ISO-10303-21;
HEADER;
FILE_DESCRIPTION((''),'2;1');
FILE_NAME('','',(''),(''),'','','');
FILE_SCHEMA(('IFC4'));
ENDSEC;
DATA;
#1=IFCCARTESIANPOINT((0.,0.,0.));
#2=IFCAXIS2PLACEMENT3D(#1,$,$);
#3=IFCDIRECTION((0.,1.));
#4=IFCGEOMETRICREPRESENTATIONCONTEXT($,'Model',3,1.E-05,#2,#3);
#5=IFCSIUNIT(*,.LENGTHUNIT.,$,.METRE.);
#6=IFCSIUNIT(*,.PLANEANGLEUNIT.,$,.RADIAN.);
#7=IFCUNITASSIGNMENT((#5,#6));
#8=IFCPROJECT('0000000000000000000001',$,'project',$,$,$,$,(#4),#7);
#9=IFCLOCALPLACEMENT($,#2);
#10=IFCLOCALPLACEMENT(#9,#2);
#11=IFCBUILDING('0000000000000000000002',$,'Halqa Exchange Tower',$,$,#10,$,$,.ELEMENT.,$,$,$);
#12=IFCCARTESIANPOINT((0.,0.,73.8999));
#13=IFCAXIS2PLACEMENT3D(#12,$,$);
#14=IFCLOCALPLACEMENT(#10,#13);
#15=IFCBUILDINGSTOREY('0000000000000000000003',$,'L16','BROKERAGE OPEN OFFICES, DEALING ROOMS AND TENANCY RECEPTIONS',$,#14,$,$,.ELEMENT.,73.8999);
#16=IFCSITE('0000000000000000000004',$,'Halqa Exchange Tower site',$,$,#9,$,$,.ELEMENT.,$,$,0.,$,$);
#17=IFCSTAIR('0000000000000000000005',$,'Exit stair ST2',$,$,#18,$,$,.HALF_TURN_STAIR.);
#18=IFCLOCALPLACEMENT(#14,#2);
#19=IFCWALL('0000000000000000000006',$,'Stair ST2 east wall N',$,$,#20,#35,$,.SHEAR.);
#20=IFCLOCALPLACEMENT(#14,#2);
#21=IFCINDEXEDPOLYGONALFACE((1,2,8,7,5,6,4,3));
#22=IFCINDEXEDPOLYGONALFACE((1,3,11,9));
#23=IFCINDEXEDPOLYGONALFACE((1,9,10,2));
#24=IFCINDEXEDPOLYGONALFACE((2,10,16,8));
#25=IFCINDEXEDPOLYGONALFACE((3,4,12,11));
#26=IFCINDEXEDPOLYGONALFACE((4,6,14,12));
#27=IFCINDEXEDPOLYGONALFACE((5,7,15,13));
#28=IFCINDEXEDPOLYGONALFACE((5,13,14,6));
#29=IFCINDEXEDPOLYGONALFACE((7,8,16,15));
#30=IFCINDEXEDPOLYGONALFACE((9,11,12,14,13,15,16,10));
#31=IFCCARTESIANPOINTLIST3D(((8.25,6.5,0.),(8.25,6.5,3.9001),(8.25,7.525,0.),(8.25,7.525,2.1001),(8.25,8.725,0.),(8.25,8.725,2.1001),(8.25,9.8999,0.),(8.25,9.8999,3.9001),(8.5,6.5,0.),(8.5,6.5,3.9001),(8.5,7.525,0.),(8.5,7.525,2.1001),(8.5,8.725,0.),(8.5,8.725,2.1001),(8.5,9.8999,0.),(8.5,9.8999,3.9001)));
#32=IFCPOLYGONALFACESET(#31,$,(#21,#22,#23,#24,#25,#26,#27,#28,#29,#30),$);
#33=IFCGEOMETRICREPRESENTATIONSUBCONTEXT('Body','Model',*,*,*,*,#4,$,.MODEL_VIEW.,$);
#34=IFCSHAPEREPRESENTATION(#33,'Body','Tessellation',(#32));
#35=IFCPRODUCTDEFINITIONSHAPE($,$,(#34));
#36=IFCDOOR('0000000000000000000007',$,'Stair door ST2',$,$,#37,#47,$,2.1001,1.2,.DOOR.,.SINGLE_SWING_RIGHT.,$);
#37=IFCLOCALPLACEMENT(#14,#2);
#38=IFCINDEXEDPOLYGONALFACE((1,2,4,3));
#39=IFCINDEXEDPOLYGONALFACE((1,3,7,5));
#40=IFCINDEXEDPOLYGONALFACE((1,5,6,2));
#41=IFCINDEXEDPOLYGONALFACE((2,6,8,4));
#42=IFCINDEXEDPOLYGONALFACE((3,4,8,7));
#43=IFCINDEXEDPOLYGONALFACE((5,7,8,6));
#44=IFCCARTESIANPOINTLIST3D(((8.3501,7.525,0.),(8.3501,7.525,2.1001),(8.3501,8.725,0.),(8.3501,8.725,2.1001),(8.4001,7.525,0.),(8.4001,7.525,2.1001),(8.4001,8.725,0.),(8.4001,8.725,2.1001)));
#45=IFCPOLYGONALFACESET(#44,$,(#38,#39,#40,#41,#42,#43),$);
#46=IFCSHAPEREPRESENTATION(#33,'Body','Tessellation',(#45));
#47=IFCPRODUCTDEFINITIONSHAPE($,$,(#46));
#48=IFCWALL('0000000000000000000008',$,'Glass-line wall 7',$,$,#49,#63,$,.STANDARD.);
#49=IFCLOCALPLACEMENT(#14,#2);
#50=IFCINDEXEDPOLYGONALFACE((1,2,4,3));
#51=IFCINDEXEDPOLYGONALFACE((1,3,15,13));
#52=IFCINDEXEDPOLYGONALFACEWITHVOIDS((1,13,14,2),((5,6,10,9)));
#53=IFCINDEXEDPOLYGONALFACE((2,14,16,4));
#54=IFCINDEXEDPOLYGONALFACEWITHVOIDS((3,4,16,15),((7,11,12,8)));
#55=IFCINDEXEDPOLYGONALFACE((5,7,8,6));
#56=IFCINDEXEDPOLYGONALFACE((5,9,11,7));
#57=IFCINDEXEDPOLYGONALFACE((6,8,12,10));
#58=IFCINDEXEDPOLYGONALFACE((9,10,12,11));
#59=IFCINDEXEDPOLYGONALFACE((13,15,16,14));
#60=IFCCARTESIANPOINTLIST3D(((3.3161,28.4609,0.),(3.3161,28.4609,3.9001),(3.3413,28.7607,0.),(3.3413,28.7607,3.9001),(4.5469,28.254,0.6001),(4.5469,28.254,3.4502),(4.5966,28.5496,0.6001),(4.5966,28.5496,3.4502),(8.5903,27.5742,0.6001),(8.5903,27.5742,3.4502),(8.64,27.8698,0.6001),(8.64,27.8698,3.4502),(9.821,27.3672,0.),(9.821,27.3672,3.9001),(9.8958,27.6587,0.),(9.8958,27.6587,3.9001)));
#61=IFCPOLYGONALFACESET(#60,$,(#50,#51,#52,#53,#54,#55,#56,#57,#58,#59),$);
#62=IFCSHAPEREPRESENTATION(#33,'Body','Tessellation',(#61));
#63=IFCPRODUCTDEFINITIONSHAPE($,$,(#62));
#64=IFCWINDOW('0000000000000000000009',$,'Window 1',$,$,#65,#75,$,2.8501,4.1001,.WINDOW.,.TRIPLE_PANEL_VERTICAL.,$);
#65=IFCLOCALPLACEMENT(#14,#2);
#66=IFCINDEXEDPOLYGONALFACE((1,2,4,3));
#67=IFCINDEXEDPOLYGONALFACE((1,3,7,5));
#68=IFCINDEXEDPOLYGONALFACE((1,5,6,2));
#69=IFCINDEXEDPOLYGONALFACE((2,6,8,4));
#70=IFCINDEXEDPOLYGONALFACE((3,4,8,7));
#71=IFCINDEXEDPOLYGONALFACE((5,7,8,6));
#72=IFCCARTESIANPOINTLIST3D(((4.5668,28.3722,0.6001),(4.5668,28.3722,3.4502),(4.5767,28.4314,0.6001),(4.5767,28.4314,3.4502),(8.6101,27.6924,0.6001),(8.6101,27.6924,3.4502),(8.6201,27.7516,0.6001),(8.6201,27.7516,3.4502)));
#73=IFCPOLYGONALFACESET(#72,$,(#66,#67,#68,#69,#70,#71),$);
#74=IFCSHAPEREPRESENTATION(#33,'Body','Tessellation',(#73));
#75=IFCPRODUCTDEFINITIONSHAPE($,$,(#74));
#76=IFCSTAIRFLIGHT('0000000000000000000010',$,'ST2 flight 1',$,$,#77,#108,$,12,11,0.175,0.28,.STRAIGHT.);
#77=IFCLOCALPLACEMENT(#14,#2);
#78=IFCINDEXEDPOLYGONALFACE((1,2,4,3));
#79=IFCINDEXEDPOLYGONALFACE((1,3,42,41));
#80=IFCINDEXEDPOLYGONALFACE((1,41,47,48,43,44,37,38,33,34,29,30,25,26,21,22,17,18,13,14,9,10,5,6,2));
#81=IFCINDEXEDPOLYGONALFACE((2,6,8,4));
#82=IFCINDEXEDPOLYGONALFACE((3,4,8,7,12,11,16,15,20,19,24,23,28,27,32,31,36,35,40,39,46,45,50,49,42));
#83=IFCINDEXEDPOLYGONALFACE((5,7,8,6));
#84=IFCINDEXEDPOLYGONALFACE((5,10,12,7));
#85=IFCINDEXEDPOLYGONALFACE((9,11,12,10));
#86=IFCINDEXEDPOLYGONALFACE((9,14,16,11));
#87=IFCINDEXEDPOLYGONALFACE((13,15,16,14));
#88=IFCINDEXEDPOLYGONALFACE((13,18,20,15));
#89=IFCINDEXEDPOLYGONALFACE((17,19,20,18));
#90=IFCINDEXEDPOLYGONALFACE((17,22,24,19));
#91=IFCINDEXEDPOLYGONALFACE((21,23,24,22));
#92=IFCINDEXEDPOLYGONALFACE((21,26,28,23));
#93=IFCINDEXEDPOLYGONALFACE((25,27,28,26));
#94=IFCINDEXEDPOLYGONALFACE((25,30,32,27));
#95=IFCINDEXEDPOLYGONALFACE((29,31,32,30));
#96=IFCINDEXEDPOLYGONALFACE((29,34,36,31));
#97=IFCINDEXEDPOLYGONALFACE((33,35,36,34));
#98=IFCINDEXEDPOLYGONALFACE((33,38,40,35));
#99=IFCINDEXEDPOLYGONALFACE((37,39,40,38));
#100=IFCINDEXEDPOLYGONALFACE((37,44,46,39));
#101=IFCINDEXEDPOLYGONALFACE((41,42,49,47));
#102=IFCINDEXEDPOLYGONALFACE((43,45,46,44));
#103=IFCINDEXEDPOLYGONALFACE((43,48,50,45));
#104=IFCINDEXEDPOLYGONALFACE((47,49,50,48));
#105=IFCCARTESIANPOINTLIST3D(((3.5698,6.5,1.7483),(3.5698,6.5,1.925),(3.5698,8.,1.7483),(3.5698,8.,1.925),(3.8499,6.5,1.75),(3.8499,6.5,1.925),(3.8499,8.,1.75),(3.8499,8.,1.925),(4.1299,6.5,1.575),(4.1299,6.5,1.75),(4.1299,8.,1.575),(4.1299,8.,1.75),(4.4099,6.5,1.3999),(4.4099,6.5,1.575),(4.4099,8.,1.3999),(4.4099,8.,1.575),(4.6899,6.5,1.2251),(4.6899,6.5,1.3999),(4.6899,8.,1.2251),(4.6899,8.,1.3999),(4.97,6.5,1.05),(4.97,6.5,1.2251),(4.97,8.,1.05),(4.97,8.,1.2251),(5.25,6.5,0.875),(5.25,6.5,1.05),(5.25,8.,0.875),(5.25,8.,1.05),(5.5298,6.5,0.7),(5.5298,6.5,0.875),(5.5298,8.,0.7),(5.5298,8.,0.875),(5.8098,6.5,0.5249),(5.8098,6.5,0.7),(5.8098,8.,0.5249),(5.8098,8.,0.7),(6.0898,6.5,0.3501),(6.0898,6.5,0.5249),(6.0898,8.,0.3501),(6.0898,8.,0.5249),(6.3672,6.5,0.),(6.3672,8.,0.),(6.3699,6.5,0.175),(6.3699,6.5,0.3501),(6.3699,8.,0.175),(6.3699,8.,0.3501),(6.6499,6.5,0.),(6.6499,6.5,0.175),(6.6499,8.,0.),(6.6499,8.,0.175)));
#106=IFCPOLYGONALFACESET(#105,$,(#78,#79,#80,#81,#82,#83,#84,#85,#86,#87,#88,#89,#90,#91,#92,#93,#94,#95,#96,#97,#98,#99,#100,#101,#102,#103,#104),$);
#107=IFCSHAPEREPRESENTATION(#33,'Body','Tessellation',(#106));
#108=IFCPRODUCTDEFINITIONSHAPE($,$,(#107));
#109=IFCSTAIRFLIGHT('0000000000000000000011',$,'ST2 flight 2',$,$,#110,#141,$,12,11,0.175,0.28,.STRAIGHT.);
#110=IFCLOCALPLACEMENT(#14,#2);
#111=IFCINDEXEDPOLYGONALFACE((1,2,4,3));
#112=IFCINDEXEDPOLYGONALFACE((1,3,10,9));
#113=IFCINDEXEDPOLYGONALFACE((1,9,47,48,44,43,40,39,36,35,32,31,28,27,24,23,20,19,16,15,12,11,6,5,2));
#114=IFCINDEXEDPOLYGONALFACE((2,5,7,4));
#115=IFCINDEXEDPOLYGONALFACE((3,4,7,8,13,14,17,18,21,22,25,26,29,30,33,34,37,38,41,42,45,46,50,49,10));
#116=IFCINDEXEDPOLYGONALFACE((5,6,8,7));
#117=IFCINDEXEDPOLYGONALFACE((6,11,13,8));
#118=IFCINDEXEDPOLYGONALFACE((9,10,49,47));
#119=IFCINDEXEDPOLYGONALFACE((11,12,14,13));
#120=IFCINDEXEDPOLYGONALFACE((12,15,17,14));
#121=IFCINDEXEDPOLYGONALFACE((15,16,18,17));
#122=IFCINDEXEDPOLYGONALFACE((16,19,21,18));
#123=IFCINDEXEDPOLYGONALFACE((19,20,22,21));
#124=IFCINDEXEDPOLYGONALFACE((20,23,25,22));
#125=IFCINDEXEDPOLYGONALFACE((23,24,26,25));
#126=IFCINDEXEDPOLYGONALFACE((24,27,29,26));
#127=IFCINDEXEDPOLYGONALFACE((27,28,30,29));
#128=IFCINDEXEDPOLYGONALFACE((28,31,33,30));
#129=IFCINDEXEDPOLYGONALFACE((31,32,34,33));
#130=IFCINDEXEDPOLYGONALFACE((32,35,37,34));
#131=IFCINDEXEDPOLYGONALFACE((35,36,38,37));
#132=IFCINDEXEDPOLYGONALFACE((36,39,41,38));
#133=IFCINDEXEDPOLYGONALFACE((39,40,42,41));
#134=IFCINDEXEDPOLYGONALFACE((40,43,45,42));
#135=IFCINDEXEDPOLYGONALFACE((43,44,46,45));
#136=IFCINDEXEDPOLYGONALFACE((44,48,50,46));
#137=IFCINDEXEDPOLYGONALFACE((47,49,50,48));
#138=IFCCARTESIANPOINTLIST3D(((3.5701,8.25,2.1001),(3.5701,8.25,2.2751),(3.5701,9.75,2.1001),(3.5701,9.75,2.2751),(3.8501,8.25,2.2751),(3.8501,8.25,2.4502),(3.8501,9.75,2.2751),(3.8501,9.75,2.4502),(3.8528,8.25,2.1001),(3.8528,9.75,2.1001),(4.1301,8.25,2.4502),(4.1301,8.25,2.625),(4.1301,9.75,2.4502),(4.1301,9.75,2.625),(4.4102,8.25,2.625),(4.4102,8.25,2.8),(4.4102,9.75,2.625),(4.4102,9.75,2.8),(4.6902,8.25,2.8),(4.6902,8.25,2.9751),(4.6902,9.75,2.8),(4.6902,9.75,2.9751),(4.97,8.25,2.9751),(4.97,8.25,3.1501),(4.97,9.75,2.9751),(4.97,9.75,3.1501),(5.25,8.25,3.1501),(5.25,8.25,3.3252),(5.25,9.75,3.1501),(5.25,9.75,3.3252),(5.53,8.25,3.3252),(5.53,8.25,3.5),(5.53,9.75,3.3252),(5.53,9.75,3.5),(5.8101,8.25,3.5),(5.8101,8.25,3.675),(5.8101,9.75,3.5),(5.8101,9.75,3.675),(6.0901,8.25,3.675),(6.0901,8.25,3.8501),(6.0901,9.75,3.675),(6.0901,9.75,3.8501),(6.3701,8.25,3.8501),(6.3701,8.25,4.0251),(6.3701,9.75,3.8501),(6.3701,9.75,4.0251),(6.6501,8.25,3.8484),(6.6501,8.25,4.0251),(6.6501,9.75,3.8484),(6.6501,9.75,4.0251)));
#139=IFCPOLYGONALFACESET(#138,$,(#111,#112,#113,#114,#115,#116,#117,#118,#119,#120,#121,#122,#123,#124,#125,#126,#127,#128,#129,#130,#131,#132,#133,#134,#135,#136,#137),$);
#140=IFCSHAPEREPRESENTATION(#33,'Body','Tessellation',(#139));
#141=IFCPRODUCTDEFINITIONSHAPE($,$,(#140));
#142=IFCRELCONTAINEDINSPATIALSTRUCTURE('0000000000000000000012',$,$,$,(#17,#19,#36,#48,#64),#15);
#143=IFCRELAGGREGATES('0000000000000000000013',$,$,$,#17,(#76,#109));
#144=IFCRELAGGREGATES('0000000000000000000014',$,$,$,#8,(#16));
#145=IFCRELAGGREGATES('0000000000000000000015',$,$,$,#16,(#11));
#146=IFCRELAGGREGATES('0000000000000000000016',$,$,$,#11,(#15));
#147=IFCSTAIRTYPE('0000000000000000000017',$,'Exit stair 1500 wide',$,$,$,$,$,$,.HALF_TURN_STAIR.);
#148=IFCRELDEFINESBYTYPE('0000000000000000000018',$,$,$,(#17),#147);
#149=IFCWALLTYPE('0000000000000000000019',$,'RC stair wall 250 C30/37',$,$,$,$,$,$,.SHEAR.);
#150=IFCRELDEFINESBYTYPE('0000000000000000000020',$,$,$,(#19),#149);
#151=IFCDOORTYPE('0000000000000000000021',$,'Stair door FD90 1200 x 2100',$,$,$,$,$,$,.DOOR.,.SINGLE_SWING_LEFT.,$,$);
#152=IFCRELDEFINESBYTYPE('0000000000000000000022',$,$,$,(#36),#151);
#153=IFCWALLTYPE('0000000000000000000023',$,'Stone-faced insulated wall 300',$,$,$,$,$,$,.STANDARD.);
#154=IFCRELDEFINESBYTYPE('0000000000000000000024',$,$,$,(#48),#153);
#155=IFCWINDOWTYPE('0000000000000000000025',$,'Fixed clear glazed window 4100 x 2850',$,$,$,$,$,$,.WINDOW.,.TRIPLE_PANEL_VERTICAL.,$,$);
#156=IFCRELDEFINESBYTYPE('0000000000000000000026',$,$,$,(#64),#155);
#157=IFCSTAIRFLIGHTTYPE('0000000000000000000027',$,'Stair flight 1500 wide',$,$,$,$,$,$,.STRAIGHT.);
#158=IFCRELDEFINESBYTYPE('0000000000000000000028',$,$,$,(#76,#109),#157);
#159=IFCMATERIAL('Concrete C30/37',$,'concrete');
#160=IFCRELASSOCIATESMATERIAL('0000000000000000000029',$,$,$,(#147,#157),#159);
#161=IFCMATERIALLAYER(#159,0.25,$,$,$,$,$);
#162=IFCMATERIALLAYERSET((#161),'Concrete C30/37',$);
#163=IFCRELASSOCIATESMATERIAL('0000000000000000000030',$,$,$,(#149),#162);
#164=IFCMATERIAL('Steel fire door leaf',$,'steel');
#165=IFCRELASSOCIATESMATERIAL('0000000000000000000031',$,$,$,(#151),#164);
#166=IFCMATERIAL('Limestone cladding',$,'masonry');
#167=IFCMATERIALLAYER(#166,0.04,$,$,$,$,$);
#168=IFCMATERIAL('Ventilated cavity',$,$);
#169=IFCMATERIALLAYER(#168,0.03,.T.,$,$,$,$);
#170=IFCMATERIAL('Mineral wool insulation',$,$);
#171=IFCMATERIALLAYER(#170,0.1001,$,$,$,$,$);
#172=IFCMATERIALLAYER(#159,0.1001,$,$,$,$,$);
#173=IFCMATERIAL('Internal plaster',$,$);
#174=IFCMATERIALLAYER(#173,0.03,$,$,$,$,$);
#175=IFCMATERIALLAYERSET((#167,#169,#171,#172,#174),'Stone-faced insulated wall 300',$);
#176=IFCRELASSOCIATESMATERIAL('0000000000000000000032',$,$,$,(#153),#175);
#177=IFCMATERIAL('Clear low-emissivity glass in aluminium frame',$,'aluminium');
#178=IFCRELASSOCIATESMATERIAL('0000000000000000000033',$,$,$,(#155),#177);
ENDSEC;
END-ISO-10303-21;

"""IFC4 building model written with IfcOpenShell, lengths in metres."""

from ifc_helpers import new_model, si_unit, direction, frame, frame_2d, origin, place, context, subcontext, project, spatial, polyline, rectangle, outline, extrude, material, layer, layer_set, type_object, element, fill, aggregate, save


model = new_model("IFC4")

# Units and contexts
model_context = context("Model", 3, precision=1e-05, world=origin(), true_north=direction((0.0, 1.0)))
body_context = subcontext(model_context, "Body", "Model", "MODEL_VIEW")
ifc_project = project(units=[si_unit("LENGTHUNIT", "METRE"), si_unit("PLANEANGLEUNIT", "RADIAN")], contexts=[model_context])

# Site, building, storey
site_placement = place(None, origin())
site = spatial("IfcSite", under=ifc_project, at=site_placement, Name="Halqa Exchange Tower site", CompositionType="ELEMENT", RefElevation=0.0)
building_placement = place(site_placement, origin())
building = spatial("IfcBuilding", under=site, at=building_placement, Name="Halqa Exchange Tower", CompositionType="ELEMENT")
storey_placement = place(building_placement, frame((0.0, 0.0, 73.8999)))
storey = spatial("IfcBuildingStorey", under=building, at=storey_placement, Name="L16", Description="BROKERAGE OPEN OFFICES, DEALING ROOMS AND TENANCY RECEPTIONS", CompositionType="ELEMENT", Elevation=73.8999)

# Stair
ifc_material_1 = material(Name="Concrete C30/37", Category="concrete")
stair_type = type_object("IfcStairType", Name="Exit stair 1500 wide", PredefinedType="HALF_TURN_STAIR", material=ifc_material_1)
stair_1_placement = place(storey_placement, origin())
stair_1 = element("IfcStair", 1, at=stair_1_placement, inside=storey, type_object=stair_type, Name="Exit stair ST2", PredefinedType="HALF_TURN_STAIR")

# Shared definitions
ifc_layer_1 = layer(ifc_material_1, 0.25)
ifc_layer_set_1 = layer_set([ifc_layer_1], Name="Concrete C30/37")
wall_type_1 = type_object("IfcWallType", Name="RC stair wall 250 C30/37", PredefinedType="SHEAR", material=ifc_layer_set_1)

# Wall, opening, door
wall_1_placement = place(storey_placement, frame((8.375, 6.5, 0.0), z_axis=(0.0, 0.0, 1.0), x_axis=(0.0, 1.0, 0.0)))
wall_1 = element("IfcWall", 2, at=wall_1_placement, inside=storey, type_object=wall_type_1, Name="Stair ST2 east wall N", PredefinedType="SHEAR", context=body_context, shape_type="SweptSolid", body=[
    extrude(rectangle(XDim=3.3999, YDim=0.25, at=frame_2d((1.7, 0.0))), origin(), (0.0, 0.0, 1.0), 3.9001),
])
opening_1_placement = place(wall_1_placement, frame((1.0249, 0.0, 0.0)))
opening_1 = element("IfcOpeningElement", 3, at=opening_1_placement, cuts=wall_1, PredefinedType="OPENING", context=body_context, shape_type="SweptSolid", body=[
    extrude(rectangle(XDim=1.2, YDim=2.1001, at=frame_2d((0.6001, 1.05))), frame((0.0, 0.137, 0.0), z_axis=(0.0, -1.0, 0.0), x_axis=(1.0, 0.0, 0.0)), (0.0, 0.0, 1.0), 0.2739),
])
ifc_material_2 = material(Name="Steel fire door leaf", Category="steel")
door_type_1 = type_object("IfcDoorType", Name="Stair door FD90 1200 x 2100", OperationType="SINGLE_SWING_LEFT", PredefinedType="DOOR", material=ifc_material_2)
door_1_placement = place(opening_1_placement, origin())
door_1 = element("IfcDoor", 4, at=door_1_placement, inside=storey, type_object=door_type_1, Name="Stair door ST2", OperationType="SINGLE_SWING_RIGHT", OverallHeight=2.1001, OverallWidth=1.2, PredefinedType="DOOR", context=body_context, shape_type="SweptSolid", body=[
    extrude(rectangle(XDim=1.2, YDim=2.1001, at=frame_2d((0.6001, 1.05))), frame((0.0, 0.0249, 0.0), z_axis=(0.0, -1.0, 0.0), x_axis=(1.0, 0.0, 0.0)), (0.0, 0.0, 1.0), 0.05),
])
fill(opening_1, door_1)

# Wall, opening, window
ifc_material_3 = material(Name="Limestone cladding", Category="masonry")
ifc_layer_2 = layer(ifc_material_3, 0.04)
ifc_material_4 = material(Name="Ventilated cavity")
ifc_layer_3 = layer(ifc_material_4, 0.03, ventilated=True)
ifc_material_5 = material(Name="Mineral wool insulation")
ifc_layer_4 = layer(ifc_material_5, 0.1001)
ifc_layer_5 = layer(ifc_material_1, 0.1001)
ifc_material_6 = material(Name="Internal plaster")
ifc_layer_6 = layer(ifc_material_6, 0.03)
ifc_layer_set_2 = layer_set([ifc_layer_2, ifc_layer_3, ifc_layer_4, ifc_layer_5, ifc_layer_6], Name="Stone-faced insulated wall 300")
wall_type_2 = type_object("IfcWallType", Name="Stone-faced insulated wall 300", PredefinedType="STANDARD", material=ifc_layer_set_2)
wall_2_placement = place(storey_placement, frame((9.8584, 27.5129, 0.0), z_axis=(0.0, 0.0, 1.0), x_axis=(-0.986158, 0.16581, 0.0)))
wall_2 = element("IfcWall", 5, at=wall_2_placement, inside=storey, type_object=wall_type_2, Name="Glass-line wall 7", PredefinedType="STANDARD", context=body_context, shape_type="SweptSolid", body=[
    extrude(outline(polyline([(-0.0127, -0.1499), (6.6338, -0.1499), (6.6089, 0.1499), (0.0127, 0.1499), (-0.0127, -0.1499)])), origin(), (0.0, 0.0, 1.0), 3.9001),
])
opening_2_placement = place(wall_2_placement, frame((1.2607, 0.0, 0.6001)))
opening_2 = element("IfcOpeningElement", 6, at=opening_2_placement, cuts=wall_2, PredefinedType="OPENING", context=body_context, shape_type="SweptSolid", body=[
    extrude(rectangle(XDim=4.1001, YDim=2.8501, at=frame_2d((2.05, 1.425))), frame((0.0, 0.1621, 0.0), z_axis=(0.0, -1.0, 0.0), x_axis=(1.0, 0.0, 0.0)), (0.0, 0.0, 1.0), 0.324),
])
ifc_material_7 = material(Name="Clear low-emissivity glass in aluminium frame", Category="aluminium")
window_type = type_object("IfcWindowType", Name="Fixed clear glazed window 4100 x 2850", PartitioningType="TRIPLE_PANEL_VERTICAL", PredefinedType="WINDOW", material=ifc_material_7)
window_placement = place(opening_2_placement, origin())
window = element("IfcWindow", 7, at=window_placement, inside=storey, type_object=window_type, Name="Window 1", OverallHeight=2.8501, OverallWidth=4.1001, PartitioningType="TRIPLE_PANEL_VERTICAL", PredefinedType="WINDOW", context=body_context, shape_type="SweptSolid", body=[
    extrude(rectangle(XDim=4.1001, YDim=2.8501, at=frame_2d((2.05, 1.425))), frame((0.0, 0.03, 0.0), z_axis=(0.0, -1.0, 0.0), x_axis=(1.0, 0.0, 0.0)), (0.0, 0.0, 1.0), 0.0601),
])
fill(opening_2, window)

# Stair flights
stair_flight_type = type_object("IfcStairFlightType", Name="Stair flight 1500 wide", PredefinedType="STRAIGHT", material=ifc_material_1)
stair_flight_1_placement = place(storey_placement, frame((6.6499, 7.25, 0.0), z_axis=(0.0, 0.0, 1.0), x_axis=(-1.0, 0.0, 0.0)))
stair_flight_1 = element("IfcStairFlight", 8, at=stair_flight_1_placement, type_object=stair_flight_type, Name="ST2 flight 1", NumberOfRisers=12, NumberOfTreads=11, PredefinedType="STRAIGHT", RiserHeight=0.175, TreadLength=0.28, context=body_context, shape_type="SweptSolid", body=[
    extrude(outline(polyline([(0.0, 0.0), (0.0, 0.175), (0.28, 0.175), (0.28, 0.3501), (0.5601, 0.3501), (0.5601, 0.5249), (0.8401, 0.5249), (0.8401, 0.7), (1.1201, 0.7), (1.1201, 0.875), (1.3999, 0.875), (1.3999, 1.05), (1.6799, 1.05), (1.6799, 1.2251), (1.96, 1.2251), (1.96, 1.3999), (2.24, 1.3999), (2.24, 1.575), (2.52, 1.575), (2.52, 1.75), (2.8, 1.75), (2.8, 1.925), (3.0801, 1.925), (3.0801, 2.1001), (3.0801, 1.7483), (0.2827, 0.0), (0.0, 0.0)])), frame((0.0, 0.75, 0.0), z_axis=(0.0, -1.0, 0.0), x_axis=(1.0, 0.0, 0.0)), (0.0, 0.0, 1.0), 1.5),
])
stair_flight_2_placement = place(storey_placement, frame((3.5701, 9.0, 2.1001), z_axis=(0.0, 0.0, 1.0), x_axis=(1.0, 0.0, 0.0)))
stair_flight_2 = element("IfcStairFlight", 9, at=stair_flight_2_placement, type_object=stair_flight_type, Name="ST2 flight 2", NumberOfRisers=12, NumberOfTreads=11, PredefinedType="STRAIGHT", RiserHeight=0.175, TreadLength=0.28, context=body_context, shape_type="SweptSolid", body=[
    extrude(outline(polyline([(0.0, 0.0), (0.0, 0.175), (0.28, 0.175), (0.28, 0.3501), (0.5601, 0.3501), (0.5601, 0.5249), (0.8401, 0.5249), (0.8401, 0.7), (1.1201, 0.7), (1.1201, 0.875), (1.3999, 0.875), (1.3999, 1.05), (1.6799, 1.05), (1.6799, 1.2251), (1.96, 1.2251), (1.96, 1.3999), (2.24, 1.3999), (2.24, 1.575), (2.52, 1.575), (2.52, 1.75), (2.8, 1.75), (2.8, 1.925), (3.0801, 1.925), (3.0801, 2.1001), (3.0801, 1.7483), (0.2827, 0.0), (0.0, 0.0)])), frame((0.0, 0.75, 0.0), z_axis=(0.0, -1.0, 0.0), x_axis=(1.0, 0.0, 0.0)), (0.0, 0.0, 1.0), 1.5),
])
aggregate(stair_1, [stair_flight_1, stair_flight_2])

save(model, "model.ifc")
